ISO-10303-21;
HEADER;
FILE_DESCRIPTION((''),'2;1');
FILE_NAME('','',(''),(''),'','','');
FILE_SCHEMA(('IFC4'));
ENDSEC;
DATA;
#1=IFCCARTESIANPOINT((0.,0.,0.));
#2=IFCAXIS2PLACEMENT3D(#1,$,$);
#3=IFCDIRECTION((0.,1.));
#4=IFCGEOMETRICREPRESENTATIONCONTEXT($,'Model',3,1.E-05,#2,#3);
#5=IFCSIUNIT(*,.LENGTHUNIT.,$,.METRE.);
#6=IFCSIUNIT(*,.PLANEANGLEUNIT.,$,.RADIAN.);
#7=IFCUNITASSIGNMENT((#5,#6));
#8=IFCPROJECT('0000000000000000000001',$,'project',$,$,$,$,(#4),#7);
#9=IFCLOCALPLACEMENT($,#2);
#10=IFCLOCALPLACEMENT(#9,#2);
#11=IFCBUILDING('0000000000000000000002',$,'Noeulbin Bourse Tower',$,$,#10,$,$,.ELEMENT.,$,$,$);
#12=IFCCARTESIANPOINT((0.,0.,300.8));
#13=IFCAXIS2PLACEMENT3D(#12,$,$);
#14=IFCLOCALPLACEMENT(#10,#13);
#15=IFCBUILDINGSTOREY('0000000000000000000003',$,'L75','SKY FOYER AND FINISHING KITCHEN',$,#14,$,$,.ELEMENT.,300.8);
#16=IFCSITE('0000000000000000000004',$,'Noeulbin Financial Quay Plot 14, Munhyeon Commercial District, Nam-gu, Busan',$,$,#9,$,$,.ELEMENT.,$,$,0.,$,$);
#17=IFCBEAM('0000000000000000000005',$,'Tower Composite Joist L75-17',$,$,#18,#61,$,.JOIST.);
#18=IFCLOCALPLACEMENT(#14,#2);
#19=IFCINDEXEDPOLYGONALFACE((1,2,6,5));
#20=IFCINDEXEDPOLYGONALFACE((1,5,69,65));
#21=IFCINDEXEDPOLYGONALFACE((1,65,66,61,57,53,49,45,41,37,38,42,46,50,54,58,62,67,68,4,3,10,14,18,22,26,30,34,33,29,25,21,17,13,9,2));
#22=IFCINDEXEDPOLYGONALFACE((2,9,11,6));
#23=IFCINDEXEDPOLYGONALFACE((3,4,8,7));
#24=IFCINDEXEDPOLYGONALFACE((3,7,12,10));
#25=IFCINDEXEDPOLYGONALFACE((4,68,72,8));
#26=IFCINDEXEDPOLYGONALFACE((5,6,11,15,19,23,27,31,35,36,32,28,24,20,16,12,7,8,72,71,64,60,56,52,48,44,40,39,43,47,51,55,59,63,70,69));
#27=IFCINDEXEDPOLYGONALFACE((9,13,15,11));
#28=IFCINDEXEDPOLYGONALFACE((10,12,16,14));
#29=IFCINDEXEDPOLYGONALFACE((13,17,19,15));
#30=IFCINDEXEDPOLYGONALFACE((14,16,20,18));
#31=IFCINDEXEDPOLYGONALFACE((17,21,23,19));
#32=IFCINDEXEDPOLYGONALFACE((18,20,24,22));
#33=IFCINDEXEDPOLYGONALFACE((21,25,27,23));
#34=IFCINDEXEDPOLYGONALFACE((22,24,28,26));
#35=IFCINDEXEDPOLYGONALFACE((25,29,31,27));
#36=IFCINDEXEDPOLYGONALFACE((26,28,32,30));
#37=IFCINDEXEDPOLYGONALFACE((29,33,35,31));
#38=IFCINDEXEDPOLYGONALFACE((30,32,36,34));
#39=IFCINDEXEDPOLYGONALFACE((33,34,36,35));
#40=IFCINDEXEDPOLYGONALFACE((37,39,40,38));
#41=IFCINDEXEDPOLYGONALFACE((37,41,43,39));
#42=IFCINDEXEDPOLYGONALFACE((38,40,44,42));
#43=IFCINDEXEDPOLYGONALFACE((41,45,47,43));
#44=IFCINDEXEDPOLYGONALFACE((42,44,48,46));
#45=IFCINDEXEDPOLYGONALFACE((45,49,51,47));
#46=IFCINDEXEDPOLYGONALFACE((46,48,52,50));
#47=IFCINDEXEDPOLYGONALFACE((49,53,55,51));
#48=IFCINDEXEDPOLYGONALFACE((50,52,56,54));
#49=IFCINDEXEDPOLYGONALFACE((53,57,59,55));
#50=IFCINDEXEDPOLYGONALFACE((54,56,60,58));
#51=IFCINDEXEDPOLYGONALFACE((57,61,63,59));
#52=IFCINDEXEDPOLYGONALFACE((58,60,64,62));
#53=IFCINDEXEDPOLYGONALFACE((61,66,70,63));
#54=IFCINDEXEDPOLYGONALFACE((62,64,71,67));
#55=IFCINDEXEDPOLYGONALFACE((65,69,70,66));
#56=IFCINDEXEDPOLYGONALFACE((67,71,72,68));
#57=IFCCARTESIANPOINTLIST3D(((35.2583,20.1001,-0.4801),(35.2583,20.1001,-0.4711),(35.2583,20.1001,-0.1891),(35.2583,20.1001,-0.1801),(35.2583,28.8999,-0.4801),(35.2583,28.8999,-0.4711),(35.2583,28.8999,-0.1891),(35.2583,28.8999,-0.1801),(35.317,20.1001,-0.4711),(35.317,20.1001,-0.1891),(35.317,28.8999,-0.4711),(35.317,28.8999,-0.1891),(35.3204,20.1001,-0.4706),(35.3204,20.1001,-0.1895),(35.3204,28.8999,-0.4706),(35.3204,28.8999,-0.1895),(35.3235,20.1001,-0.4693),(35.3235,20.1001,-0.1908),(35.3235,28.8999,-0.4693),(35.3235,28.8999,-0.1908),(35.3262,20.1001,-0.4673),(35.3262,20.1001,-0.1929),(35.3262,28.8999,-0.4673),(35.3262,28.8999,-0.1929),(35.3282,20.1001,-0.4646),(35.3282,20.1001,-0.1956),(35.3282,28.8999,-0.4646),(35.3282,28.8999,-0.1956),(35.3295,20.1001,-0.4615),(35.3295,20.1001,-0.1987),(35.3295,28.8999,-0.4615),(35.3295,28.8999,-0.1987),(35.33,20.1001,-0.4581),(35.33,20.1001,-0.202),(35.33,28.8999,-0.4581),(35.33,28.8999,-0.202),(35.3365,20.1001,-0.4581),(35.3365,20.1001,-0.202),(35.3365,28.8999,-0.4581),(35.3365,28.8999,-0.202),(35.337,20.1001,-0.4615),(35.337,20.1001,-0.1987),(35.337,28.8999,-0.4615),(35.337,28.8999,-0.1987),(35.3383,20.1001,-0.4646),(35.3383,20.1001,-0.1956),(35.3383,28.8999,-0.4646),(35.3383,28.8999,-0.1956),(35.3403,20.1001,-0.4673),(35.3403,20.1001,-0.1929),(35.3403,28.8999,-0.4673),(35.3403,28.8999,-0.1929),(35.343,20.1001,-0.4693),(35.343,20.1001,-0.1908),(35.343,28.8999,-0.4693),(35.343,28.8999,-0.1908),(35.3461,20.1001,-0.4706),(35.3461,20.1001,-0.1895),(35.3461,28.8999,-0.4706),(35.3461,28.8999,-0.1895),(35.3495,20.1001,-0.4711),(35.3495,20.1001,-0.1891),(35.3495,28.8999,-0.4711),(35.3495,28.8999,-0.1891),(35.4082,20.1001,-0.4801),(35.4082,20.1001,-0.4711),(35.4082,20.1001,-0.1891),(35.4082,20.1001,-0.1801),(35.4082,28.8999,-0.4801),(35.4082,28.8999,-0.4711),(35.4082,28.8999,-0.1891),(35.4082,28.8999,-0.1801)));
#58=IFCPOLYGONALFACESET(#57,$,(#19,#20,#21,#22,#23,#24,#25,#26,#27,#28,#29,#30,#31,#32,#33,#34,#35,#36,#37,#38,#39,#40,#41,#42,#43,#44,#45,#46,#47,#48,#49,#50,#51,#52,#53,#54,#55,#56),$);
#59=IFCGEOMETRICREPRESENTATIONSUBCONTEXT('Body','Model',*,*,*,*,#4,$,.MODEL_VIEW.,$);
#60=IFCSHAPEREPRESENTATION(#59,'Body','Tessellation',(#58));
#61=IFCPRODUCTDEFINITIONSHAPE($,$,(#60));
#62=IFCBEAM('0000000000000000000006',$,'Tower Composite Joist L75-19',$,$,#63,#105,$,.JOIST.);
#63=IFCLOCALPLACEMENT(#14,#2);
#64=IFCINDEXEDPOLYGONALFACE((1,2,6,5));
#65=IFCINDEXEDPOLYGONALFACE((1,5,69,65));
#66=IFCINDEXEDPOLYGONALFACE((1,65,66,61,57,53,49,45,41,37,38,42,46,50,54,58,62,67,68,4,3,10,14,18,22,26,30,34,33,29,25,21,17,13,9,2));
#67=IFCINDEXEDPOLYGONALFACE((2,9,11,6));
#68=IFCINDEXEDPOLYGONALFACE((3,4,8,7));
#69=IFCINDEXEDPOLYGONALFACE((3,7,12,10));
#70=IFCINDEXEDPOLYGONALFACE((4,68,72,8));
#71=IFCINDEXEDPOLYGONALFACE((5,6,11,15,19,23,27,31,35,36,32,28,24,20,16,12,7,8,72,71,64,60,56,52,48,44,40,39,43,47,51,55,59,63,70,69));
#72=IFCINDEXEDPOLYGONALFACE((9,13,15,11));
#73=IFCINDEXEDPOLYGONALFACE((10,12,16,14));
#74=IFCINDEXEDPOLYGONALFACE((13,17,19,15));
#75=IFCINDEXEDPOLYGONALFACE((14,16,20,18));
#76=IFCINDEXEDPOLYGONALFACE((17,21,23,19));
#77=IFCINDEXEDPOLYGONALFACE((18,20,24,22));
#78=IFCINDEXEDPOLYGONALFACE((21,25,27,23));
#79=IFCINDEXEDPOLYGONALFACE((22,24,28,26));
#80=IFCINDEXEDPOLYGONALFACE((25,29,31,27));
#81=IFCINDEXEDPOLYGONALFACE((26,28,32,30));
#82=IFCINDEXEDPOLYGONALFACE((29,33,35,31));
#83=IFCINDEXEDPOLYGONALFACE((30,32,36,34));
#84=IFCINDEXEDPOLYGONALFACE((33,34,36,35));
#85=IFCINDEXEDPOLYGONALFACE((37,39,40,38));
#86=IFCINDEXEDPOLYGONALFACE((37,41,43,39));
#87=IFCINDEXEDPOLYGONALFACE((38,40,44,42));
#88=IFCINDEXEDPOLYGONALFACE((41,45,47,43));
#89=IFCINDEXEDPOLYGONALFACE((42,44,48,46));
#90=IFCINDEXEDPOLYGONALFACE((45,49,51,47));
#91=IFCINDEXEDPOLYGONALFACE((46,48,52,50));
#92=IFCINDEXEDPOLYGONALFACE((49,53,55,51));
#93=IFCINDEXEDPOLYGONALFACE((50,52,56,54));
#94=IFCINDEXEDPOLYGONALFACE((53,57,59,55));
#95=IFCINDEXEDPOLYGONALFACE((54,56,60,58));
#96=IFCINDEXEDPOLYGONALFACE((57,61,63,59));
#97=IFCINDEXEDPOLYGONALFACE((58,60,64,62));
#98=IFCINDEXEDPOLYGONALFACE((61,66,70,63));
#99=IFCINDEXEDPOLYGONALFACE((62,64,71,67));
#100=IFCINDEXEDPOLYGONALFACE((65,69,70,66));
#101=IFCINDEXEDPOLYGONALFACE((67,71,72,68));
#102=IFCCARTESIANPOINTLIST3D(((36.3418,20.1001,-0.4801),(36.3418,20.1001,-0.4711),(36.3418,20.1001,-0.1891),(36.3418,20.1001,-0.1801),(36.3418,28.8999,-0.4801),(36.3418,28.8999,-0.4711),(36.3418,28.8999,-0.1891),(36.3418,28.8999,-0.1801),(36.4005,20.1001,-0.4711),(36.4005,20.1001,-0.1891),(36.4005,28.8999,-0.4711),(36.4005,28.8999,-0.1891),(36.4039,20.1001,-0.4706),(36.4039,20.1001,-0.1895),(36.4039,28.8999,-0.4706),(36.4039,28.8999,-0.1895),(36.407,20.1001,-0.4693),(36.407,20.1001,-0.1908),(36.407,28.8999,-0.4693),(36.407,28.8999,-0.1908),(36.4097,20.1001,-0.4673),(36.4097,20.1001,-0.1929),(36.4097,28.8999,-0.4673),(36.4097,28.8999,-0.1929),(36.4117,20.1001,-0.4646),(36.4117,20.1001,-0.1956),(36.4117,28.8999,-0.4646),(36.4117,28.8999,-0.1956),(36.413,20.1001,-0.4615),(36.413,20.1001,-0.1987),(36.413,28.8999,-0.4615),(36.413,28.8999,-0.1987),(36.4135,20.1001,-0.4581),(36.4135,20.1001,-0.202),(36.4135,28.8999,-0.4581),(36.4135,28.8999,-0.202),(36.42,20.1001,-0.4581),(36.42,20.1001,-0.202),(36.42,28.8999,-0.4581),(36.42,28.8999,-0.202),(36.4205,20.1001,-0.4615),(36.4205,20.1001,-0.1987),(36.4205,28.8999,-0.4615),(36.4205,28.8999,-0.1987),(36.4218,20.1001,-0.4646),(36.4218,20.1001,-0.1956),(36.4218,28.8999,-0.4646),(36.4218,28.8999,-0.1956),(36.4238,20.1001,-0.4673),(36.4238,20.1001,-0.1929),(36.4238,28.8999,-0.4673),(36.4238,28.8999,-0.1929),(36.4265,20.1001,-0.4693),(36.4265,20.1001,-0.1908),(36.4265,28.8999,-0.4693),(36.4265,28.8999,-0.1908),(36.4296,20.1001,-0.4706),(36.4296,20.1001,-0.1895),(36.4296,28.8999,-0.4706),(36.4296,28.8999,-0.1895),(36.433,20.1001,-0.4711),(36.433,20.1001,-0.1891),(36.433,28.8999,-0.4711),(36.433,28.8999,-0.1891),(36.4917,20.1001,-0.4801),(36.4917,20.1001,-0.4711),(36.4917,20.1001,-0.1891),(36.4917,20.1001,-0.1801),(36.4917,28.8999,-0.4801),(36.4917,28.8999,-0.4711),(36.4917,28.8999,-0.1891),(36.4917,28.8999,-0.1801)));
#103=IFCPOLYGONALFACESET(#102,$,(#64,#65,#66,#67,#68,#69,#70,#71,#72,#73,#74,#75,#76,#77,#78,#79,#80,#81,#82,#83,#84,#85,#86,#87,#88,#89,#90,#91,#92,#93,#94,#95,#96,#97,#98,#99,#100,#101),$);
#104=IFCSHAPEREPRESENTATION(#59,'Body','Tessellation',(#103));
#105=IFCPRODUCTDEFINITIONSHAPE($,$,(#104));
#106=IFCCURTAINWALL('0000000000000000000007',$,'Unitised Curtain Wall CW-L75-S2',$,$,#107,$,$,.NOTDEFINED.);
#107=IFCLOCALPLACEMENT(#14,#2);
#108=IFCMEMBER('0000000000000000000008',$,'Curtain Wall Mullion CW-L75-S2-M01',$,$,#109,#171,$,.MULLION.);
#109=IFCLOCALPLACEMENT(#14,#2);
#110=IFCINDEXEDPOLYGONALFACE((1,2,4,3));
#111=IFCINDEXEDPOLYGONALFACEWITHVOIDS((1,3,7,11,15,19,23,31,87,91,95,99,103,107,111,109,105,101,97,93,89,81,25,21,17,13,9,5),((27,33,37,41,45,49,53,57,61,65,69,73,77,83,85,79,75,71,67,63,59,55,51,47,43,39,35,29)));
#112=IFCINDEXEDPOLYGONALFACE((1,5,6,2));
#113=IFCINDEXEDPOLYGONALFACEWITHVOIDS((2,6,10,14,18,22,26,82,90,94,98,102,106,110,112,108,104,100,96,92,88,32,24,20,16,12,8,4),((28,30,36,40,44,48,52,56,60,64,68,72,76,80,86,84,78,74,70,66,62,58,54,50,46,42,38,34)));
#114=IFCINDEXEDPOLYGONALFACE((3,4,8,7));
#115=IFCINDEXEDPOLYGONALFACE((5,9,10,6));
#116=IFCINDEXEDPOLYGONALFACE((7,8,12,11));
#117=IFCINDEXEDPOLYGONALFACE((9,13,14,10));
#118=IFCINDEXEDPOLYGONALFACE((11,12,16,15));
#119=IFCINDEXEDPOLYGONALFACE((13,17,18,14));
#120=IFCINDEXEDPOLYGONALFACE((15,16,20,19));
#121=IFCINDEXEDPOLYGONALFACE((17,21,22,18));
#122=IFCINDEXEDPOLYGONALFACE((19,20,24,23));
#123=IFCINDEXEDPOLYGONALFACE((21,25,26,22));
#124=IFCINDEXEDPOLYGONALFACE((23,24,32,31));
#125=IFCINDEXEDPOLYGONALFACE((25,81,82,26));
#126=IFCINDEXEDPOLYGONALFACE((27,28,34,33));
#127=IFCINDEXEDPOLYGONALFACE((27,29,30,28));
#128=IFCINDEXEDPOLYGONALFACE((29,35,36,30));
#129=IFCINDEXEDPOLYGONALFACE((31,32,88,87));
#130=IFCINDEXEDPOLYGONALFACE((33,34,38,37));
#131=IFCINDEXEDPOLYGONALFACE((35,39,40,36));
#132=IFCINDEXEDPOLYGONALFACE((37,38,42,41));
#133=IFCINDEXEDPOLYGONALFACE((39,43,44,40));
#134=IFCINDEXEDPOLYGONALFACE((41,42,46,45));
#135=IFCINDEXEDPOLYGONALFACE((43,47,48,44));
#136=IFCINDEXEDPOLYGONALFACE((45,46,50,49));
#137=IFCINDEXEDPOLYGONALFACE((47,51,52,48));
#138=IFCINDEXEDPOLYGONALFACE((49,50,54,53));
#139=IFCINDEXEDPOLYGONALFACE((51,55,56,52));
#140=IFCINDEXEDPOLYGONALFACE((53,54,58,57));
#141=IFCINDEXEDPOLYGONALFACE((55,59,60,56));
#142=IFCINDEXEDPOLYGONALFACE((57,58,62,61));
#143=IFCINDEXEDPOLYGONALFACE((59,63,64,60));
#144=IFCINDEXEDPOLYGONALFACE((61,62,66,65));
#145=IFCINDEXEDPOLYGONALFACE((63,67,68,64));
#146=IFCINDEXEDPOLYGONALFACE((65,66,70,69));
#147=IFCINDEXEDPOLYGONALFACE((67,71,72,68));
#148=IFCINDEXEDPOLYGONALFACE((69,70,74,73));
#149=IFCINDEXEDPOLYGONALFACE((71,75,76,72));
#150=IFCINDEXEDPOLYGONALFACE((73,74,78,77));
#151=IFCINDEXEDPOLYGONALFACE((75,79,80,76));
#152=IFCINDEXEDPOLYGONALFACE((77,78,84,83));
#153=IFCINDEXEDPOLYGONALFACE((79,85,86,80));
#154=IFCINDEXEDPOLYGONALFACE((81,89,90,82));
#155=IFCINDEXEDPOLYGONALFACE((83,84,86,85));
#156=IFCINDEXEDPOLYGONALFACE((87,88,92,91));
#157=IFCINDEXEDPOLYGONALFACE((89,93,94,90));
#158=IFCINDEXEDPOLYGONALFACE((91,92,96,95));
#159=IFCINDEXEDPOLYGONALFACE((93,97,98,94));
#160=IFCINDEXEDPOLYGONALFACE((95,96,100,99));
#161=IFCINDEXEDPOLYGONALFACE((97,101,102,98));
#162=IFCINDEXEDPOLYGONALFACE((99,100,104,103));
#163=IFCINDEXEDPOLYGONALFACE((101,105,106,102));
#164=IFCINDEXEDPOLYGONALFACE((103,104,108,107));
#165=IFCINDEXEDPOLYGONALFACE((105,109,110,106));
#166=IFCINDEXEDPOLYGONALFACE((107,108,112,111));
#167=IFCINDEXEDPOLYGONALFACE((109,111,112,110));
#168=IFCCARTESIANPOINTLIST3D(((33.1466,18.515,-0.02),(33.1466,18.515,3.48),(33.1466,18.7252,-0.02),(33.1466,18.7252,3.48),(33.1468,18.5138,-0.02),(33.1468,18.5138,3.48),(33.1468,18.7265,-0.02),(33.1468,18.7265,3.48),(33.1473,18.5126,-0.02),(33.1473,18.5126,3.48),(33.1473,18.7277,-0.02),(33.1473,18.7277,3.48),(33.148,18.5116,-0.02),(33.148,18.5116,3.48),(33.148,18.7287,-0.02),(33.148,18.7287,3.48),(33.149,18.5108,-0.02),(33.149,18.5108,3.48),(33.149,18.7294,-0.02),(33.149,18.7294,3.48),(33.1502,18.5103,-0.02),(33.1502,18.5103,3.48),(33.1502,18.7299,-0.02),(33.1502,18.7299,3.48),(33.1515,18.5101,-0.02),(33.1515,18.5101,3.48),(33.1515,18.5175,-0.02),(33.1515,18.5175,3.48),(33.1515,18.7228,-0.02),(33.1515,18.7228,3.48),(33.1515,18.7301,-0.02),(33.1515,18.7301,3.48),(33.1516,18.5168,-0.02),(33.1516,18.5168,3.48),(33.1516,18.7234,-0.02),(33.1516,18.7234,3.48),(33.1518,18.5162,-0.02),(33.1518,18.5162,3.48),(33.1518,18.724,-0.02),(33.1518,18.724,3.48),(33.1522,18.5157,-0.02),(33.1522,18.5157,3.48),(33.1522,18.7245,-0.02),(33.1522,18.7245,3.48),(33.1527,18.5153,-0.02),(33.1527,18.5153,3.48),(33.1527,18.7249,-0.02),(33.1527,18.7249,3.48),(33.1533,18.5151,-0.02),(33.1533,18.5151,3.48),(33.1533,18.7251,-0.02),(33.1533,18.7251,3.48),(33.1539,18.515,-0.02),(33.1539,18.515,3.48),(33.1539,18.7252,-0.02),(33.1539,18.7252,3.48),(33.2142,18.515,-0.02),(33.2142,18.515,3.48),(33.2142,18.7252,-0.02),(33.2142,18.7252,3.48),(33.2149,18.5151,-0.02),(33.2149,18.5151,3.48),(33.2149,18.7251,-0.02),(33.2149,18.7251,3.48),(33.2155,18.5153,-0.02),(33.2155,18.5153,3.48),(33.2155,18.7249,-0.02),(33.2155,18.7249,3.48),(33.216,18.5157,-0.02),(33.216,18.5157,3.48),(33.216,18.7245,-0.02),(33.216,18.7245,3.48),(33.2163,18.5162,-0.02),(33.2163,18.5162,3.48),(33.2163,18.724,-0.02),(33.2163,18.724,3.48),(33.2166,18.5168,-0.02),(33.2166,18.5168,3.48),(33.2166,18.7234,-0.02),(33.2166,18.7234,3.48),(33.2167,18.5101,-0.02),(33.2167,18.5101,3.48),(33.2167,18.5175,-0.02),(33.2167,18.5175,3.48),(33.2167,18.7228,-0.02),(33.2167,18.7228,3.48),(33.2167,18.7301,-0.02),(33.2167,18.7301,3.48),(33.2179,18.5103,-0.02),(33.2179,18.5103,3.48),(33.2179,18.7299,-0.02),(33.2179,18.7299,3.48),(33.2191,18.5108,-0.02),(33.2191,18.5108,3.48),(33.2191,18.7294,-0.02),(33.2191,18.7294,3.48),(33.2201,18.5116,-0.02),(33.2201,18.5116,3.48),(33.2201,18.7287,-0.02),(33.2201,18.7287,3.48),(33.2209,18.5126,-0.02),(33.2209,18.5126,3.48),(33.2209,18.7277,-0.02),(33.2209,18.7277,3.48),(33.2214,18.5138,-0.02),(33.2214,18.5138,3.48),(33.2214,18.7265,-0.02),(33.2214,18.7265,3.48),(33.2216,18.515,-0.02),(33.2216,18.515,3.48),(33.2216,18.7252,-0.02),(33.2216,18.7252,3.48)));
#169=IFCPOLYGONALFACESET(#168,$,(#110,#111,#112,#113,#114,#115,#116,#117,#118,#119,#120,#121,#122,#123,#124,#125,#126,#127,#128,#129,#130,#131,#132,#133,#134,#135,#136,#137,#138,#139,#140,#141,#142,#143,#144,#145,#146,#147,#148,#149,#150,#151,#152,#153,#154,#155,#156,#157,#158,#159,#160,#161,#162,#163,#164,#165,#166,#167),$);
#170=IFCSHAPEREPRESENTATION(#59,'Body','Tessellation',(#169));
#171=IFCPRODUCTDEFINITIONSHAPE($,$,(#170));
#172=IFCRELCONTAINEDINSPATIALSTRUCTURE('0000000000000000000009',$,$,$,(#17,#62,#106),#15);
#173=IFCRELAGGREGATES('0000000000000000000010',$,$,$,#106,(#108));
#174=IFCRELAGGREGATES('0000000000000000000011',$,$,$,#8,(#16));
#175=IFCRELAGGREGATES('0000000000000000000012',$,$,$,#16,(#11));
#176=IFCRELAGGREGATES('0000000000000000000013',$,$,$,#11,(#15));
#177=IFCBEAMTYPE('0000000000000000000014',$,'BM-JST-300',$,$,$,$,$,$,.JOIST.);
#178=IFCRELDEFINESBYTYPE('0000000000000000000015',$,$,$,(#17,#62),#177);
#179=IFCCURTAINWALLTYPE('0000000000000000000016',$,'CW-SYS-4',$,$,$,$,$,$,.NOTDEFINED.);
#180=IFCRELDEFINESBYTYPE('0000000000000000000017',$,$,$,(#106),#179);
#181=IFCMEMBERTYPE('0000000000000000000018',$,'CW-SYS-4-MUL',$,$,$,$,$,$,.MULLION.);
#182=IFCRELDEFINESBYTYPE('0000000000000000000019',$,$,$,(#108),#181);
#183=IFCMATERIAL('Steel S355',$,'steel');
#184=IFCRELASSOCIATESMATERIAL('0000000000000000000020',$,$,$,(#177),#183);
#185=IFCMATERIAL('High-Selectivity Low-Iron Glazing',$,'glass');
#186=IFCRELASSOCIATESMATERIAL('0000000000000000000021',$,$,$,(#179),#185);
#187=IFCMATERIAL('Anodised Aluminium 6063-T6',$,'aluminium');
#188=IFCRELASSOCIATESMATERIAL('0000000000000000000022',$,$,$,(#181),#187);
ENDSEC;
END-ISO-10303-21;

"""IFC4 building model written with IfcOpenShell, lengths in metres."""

from ifc_helpers import new_model, si_unit, direction, frame, origin, origin_2d, place, context, subcontext, project, spatial, hollow_rectangle, i_section, extrude, material, material_profile, profile_set, type_object, element, aggregate, save


model = new_model("IFC4")

# Units and contexts
model_context = context("Model", 3, precision=1e-05, world=origin(), true_north=direction((0.0, 1.0)))
body_context = subcontext(model_context, "Body", "Model", "MODEL_VIEW")
ifc_project = project(units=[si_unit("LENGTHUNIT", "METRE"), si_unit("PLANEANGLEUNIT", "RADIAN")], contexts=[model_context])

# Site, building, storey
site_placement = place(None, origin())
site = spatial("IfcSite", under=ifc_project, at=site_placement, Name="Noeulbin Financial Quay Plot 14, Munhyeon Commercial District, Nam-gu, Busan", CompositionType="ELEMENT", RefElevation=0.0)
building_placement = place(site_placement, origin())
building = spatial("IfcBuilding", under=site, at=building_placement, Name="Noeulbin Bourse Tower", CompositionType="ELEMENT")
storey_placement = place(building_placement, frame((0.0, 0.0, 300.8)))
storey = spatial("IfcBuildingStorey", under=building, at=storey_placement, Name="L75", Description="SKY FOYER AND FINISHING KITCHEN", CompositionType="ELEMENT", Elevation=300.8)

# Shared definitions
ifc_material_1 = material(Name="Steel S355", Category="steel")

# Beams
ifc_material_profile_1 = material_profile(ifc_material_1, i_section(OverallWidth=0.1499, OverallDepth=0.3, WebThickness=0.0066, FlangeThickness=0.009, FilletRadius=0.0129, at=origin_2d()), Name="H-300x150x6.5x9", Category="LoadBearing")
ifc_profile_set_1 = profile_set([ifc_material_profile_1], Name="Steel S355")
beam_type_1 = type_object("IfcBeamType", Name="BM-JST-300", PredefinedType="JOIST", material=ifc_profile_set_1)
for number, where, z_axis, x_axis, name in (
    (1, (35.3333, 20.1001, -0.3301), (0.0, 1.0, 0.0), (-1.0, 0.0, 0.0), "Tower Composite Joist L75-17"),
    (2, (36.4167, 20.1001, -0.3301), (0.0, 1.0, 0.0), (-1.0, 0.0, 0.0), "Tower Composite Joist L75-19"),
):
    element("IfcBeam", number, at=place(storey_placement, frame(where, z_axis=z_axis, x_axis=x_axis)), inside=storey, type_object=beam_type_1, Name=name, PredefinedType="JOIST", context=body_context, shape_type="SweptSolid", body=[
        extrude(i_section(OverallWidth=0.1499, OverallDepth=0.3, WebThickness=0.0066, FlangeThickness=0.009, FilletRadius=0.0129, at=origin_2d()), origin(), (0.0, 0.0, 1.0), 8.7998),
    ])

# Curtain wall, member
ifc_material_2 = material(Name="High-Selectivity Low-Iron Glazing", Category="glass")
curtain_wall_type = type_object("IfcCurtainWallType", Name="CW-SYS-4", PredefinedType="NOTDEFINED", material=ifc_material_2)
curtain_wall_placement = place(storey_placement, origin())
curtain_wall = element("IfcCurtainWall", 3, at=curtain_wall_placement, inside=storey, type_object=curtain_wall_type, Name="Unitised Curtain Wall CW-L75-S2", PredefinedType="NOTDEFINED")
ifc_material_3 = material(Name="Anodised Aluminium 6063-T6", Category="aluminium")
ifc_material_profile_2 = material_profile(ifc_material_3, hollow_rectangle(XDim=0.075, YDim=0.22, WallThickness=0.0049, InnerFilletRadius=0.0024, OuterFilletRadius=0.0049, at=origin_2d()), Name="ALU-MULL-75x220x5", Category="LoadBearing")
ifc_profile_set_2 = profile_set([ifc_material_profile_2], Name="Anodised Aluminium 6063-T6")
member_type = type_object("IfcMemberType", Name="CW-SYS-4-MUL", PredefinedType="MULLION", material=ifc_profile_set_2)
member_1_placement = place(storey_placement, frame((33.1841, 18.6201, -0.02), z_axis=(0.0, 0.0, 1.0), x_axis=(1.0, 0.0, 0.0)))
member_1 = element("IfcMember", 4, at=member_1_placement, type_object=member_type, Name="Curtain Wall Mullion CW-L75-S2-M01", PredefinedType="MULLION", context=body_context, shape_type="SweptSolid", body=[
    extrude(hollow_rectangle(XDim=0.075, YDim=0.22, WallThickness=0.0049, InnerFilletRadius=0.0024, OuterFilletRadius=0.0049, at=origin_2d()), origin(), (0.0, 0.0, 1.0), 3.5),
])
aggregate(curtain_wall, [member_1])

save(model, "model.ifc")
